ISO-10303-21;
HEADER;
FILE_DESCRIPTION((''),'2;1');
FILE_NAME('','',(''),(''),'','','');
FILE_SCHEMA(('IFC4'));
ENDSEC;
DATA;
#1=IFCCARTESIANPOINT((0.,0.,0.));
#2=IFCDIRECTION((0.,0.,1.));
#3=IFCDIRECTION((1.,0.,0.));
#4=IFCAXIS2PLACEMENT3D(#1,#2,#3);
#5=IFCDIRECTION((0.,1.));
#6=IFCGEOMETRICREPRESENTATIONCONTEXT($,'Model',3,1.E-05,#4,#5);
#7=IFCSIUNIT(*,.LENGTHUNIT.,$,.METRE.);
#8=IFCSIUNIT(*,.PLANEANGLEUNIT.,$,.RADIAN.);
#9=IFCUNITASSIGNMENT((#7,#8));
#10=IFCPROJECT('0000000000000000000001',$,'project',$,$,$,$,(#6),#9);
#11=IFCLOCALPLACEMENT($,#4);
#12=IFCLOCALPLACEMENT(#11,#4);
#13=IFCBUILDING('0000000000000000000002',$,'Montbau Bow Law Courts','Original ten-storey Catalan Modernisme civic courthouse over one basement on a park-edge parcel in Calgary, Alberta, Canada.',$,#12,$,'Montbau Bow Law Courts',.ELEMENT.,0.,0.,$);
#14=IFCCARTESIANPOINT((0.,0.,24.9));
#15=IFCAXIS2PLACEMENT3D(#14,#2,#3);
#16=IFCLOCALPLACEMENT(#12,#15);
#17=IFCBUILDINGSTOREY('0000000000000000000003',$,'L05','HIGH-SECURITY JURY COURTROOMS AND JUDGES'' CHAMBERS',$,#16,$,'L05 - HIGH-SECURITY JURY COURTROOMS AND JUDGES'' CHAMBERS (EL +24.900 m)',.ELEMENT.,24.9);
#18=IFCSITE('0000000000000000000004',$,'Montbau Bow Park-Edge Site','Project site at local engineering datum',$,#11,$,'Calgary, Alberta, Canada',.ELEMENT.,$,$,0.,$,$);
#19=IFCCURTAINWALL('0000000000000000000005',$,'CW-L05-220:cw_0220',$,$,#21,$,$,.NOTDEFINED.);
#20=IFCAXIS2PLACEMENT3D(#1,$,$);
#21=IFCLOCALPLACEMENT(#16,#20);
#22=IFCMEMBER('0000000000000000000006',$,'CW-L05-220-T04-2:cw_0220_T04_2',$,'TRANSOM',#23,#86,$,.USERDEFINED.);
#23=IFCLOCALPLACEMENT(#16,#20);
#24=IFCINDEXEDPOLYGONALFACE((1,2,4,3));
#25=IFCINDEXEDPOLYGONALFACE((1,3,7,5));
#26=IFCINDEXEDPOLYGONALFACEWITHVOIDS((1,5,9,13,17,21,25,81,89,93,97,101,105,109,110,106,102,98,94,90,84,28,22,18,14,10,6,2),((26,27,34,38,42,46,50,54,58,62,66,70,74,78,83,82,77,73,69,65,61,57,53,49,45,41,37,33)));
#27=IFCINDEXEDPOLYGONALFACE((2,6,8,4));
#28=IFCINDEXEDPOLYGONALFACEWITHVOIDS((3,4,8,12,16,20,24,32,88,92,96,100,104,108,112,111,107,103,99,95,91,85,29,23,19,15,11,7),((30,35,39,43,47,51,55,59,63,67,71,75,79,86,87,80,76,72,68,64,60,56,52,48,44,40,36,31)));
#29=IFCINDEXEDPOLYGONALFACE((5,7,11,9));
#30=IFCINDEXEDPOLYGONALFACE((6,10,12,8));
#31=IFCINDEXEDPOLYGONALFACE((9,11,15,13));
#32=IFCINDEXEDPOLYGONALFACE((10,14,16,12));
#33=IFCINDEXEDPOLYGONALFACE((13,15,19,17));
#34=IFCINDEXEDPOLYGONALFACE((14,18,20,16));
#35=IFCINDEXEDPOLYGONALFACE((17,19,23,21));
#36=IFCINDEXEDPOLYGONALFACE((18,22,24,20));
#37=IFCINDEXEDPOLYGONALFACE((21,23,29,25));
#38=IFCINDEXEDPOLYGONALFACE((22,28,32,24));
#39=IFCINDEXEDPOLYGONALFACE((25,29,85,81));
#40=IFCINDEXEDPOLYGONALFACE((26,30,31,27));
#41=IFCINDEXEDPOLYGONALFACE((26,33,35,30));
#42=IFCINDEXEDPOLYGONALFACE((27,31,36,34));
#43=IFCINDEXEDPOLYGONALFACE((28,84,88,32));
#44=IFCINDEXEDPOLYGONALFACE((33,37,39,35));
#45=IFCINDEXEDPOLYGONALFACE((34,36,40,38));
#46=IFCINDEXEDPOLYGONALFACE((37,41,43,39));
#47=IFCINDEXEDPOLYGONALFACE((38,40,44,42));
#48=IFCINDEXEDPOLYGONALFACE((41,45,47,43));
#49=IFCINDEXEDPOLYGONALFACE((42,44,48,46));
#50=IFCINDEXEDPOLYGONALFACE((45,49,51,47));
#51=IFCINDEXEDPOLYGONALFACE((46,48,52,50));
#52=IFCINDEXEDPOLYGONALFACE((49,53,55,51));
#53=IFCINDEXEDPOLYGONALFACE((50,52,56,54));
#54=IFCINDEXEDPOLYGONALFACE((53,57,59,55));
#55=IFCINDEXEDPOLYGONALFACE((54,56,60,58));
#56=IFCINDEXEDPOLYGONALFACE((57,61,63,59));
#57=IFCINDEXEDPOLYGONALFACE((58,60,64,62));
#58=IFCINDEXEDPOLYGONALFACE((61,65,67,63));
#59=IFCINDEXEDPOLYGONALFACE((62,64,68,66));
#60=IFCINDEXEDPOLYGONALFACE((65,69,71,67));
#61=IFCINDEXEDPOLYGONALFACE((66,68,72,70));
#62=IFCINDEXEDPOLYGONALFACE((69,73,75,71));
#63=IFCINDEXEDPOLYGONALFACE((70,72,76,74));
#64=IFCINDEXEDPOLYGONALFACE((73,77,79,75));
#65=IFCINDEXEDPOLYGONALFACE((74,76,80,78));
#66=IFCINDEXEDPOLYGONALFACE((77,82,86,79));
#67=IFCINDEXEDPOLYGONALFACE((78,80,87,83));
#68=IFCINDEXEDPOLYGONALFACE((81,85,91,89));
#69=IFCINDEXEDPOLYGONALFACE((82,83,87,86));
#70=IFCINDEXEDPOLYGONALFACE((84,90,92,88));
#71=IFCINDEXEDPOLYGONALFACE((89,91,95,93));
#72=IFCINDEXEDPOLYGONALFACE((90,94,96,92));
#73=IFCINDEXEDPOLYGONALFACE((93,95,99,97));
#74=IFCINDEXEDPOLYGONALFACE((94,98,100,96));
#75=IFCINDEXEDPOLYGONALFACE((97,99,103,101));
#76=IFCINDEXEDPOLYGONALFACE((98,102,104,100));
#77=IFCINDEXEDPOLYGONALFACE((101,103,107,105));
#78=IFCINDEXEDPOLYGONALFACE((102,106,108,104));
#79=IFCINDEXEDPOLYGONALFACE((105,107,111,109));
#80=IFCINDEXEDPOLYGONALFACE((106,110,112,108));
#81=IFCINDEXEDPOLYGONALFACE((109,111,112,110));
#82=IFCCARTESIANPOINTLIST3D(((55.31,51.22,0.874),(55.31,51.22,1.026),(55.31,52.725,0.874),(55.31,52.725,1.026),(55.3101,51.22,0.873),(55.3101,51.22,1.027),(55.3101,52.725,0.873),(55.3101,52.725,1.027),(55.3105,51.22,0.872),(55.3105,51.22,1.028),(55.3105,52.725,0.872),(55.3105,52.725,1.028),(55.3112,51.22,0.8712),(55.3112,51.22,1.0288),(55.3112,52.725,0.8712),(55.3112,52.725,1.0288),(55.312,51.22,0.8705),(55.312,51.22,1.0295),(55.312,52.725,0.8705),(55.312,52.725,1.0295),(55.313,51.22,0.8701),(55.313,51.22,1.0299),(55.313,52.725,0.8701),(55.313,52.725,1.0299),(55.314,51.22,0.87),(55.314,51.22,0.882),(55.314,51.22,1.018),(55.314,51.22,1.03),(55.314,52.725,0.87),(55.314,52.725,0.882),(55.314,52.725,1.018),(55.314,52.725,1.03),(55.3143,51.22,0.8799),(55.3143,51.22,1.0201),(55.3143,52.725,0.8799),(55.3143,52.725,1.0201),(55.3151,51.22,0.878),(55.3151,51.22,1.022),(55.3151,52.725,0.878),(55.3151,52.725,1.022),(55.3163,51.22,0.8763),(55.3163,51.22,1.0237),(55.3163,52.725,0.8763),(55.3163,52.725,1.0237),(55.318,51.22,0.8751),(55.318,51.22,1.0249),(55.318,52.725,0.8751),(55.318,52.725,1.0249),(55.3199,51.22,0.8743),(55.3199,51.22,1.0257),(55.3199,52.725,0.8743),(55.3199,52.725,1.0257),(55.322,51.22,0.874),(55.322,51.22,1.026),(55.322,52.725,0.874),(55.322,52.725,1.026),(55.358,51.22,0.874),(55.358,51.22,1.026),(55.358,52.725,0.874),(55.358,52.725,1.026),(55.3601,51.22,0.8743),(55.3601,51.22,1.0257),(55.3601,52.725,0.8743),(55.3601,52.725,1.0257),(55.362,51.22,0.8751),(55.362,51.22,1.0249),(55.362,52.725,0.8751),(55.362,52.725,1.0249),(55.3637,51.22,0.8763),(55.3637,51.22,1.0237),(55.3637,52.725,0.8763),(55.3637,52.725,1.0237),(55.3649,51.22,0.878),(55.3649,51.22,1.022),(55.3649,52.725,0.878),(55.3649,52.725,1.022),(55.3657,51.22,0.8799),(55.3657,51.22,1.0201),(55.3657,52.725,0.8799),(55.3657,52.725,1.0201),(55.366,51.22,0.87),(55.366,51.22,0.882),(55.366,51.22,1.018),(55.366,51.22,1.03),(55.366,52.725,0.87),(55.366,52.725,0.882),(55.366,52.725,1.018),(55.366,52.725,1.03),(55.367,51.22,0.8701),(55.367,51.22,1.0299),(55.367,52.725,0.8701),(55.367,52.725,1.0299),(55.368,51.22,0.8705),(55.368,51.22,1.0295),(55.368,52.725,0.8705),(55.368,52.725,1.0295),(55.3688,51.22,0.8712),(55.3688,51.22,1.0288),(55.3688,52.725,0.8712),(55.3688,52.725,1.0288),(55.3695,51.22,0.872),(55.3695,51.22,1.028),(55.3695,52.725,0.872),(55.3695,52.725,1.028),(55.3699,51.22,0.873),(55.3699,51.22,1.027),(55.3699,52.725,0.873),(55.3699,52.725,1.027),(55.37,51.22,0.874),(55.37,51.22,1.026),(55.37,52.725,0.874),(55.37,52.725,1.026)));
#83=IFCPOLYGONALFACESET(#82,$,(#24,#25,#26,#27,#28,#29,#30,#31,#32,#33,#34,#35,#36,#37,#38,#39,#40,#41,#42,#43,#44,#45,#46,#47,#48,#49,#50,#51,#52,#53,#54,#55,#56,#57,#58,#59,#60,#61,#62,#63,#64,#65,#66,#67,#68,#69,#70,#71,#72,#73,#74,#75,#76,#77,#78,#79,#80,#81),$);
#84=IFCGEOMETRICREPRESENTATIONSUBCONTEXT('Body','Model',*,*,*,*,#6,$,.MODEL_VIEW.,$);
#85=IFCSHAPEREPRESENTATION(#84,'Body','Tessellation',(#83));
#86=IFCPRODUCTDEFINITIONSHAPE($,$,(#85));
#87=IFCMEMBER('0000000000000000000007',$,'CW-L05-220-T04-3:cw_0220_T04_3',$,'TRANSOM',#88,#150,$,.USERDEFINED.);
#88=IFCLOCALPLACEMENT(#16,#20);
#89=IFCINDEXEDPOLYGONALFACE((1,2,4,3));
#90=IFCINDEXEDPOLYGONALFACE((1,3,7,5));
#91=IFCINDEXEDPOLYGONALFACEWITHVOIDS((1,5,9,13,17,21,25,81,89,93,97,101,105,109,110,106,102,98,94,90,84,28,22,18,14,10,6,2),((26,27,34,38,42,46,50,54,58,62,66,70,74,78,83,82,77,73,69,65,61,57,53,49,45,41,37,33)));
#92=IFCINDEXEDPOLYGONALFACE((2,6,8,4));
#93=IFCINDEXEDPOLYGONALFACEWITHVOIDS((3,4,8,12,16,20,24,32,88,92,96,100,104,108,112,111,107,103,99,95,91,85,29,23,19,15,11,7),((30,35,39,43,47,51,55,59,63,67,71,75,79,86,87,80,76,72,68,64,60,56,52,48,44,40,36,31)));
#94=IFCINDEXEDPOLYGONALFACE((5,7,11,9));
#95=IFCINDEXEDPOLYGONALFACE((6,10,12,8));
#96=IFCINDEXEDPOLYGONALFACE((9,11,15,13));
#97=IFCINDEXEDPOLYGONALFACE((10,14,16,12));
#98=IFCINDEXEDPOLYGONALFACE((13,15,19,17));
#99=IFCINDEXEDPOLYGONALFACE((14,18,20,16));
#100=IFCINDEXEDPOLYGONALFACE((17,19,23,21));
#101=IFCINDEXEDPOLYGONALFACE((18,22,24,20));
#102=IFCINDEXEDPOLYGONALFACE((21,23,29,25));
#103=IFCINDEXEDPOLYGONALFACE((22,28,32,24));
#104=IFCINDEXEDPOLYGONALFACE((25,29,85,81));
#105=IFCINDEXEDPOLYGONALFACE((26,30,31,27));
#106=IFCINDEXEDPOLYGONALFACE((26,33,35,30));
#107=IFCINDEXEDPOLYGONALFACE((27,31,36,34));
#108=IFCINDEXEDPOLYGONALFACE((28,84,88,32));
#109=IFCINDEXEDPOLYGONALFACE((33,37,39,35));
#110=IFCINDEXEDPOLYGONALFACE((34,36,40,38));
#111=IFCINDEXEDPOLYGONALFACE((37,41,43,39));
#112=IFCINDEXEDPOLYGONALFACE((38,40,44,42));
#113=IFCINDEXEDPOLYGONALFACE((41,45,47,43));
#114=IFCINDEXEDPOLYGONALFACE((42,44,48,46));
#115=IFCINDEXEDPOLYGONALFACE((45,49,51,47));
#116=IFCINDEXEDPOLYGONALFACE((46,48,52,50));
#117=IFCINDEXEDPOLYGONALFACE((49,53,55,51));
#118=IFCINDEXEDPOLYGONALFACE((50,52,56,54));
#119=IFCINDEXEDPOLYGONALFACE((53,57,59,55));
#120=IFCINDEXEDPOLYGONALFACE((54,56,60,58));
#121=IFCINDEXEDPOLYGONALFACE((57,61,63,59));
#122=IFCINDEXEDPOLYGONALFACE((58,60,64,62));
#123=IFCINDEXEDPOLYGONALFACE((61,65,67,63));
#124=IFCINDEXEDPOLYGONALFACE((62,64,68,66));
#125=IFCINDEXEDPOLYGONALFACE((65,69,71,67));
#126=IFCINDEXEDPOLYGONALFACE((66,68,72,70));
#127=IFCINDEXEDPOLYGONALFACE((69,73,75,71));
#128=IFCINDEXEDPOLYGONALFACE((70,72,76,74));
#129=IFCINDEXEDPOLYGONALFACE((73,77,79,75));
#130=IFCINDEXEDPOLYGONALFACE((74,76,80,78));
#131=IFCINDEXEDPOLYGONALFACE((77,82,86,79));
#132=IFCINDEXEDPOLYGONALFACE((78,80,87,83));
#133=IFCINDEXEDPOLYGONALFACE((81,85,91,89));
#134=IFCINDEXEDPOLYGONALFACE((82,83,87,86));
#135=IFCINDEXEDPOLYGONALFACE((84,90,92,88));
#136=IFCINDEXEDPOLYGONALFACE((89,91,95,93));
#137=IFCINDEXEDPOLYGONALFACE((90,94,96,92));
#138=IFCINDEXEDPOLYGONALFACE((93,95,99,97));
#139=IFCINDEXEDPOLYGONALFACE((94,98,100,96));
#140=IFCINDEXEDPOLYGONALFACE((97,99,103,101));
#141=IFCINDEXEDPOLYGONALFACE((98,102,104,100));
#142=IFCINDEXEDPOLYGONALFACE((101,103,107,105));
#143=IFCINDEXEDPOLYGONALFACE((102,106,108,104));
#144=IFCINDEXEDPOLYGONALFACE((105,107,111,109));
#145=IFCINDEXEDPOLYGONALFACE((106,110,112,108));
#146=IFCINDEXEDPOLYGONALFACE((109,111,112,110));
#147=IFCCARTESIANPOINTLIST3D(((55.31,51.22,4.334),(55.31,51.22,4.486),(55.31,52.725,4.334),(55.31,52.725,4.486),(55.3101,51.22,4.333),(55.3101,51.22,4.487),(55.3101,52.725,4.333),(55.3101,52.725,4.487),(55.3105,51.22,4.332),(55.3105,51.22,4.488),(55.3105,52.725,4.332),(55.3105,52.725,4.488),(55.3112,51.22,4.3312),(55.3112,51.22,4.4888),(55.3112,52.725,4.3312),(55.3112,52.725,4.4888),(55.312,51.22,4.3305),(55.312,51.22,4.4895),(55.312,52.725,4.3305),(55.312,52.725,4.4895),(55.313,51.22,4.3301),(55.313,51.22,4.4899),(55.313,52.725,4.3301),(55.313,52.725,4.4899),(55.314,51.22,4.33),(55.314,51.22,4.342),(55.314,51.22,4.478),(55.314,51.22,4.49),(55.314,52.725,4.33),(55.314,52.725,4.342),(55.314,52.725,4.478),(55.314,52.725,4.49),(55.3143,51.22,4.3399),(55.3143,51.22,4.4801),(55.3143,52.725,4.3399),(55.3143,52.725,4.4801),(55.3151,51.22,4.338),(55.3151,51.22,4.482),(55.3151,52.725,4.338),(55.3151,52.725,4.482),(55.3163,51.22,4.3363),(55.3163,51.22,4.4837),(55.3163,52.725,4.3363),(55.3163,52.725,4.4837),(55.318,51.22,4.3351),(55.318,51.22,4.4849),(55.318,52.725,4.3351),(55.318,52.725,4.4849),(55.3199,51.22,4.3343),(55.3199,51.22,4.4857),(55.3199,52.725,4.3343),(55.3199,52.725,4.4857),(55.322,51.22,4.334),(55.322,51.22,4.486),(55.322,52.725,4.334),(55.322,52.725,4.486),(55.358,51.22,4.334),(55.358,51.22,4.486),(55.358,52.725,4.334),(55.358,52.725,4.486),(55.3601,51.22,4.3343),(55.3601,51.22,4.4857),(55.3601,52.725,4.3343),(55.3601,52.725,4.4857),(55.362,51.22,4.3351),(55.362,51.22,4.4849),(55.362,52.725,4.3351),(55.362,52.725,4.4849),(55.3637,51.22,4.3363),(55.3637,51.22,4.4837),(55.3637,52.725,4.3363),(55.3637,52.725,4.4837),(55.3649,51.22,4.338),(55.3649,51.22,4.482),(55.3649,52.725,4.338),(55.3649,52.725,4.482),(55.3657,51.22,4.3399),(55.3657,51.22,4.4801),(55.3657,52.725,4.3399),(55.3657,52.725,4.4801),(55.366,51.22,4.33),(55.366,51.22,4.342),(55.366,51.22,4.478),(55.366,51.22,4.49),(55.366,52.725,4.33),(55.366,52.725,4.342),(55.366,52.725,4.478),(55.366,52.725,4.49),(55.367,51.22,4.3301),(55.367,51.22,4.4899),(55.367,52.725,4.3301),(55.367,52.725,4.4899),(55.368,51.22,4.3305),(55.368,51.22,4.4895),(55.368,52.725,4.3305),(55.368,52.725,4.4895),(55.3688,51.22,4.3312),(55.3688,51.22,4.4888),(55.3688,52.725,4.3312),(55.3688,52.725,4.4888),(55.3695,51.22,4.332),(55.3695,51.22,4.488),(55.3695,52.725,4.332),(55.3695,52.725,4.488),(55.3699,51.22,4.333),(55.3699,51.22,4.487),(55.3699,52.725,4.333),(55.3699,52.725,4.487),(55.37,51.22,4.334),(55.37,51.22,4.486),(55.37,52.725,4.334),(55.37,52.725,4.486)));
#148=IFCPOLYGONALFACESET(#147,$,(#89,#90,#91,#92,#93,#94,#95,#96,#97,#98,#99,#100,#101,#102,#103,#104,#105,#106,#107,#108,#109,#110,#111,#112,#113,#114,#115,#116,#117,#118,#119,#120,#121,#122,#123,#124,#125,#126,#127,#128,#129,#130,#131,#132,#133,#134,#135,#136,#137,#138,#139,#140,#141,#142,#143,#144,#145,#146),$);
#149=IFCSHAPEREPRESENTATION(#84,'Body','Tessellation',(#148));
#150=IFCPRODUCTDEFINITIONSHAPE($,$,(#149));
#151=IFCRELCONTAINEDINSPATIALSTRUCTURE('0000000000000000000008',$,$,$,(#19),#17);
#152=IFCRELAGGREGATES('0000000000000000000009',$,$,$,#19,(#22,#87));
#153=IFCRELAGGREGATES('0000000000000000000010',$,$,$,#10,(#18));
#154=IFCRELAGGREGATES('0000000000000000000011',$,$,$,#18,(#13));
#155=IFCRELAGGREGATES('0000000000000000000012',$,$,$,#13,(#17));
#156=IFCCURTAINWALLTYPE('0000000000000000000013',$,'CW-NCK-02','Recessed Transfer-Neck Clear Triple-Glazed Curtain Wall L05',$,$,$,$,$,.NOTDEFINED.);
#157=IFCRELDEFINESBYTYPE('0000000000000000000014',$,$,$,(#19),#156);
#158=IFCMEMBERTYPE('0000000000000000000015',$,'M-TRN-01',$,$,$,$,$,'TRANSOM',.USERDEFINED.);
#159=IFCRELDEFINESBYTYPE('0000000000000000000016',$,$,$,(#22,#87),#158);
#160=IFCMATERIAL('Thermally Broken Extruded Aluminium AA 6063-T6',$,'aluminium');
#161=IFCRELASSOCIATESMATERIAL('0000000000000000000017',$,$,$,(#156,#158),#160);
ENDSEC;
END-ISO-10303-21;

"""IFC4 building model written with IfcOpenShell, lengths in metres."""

from ifc_helpers import new_model, si_unit, direction, frame, origin_with_axes, origin_2d_with_axis, place, context, subcontext, project, spatial, hollow_rectangle, extrude, material, material_profile, profile_set, type_object, element, aggregate, save


model = new_model("IFC4")

# Units and contexts
model_context = context("Model", 3, precision=1e-05, world=origin_with_axes(), true_north=direction((0.0, 1.0)))
body_context = subcontext(model_context, "Body", "Model", "MODEL_VIEW")
ifc_project = project(units=[si_unit("LENGTHUNIT", "METRE"), si_unit("PLANEANGLEUNIT", "RADIAN")], contexts=[model_context])

# Site, building, storey
site_placement = place(None, origin_with_axes())
site = spatial("IfcSite", under=ifc_project, at=site_placement, Name="Montbau Bow Park-Edge Site", Description="Project site at local engineering datum", LongName="Calgary, Alberta, Canada", CompositionType="ELEMENT", RefElevation=0.0)
building_placement = place(site_placement, origin_with_axes())
building = spatial("IfcBuilding", under=site, at=building_placement, Name="Montbau Bow Law Courts", Description="Original ten-storey Catalan Modernisme civic courthouse over one basement on a park-edge parcel in Calgary, Alberta, Canada.", LongName="Montbau Bow Law Courts", CompositionType="ELEMENT", ElevationOfRefHeight=0.0, ElevationOfTerrain=0.0)
storey_placement = place(building_placement, frame((0.0, 0.0, 24.9), z_axis=(0.0, 0.0, 1.0), x_axis=(1.0, 0.0, 0.0)))
storey = spatial("IfcBuildingStorey", under=building, at=storey_placement, Name="L05", Description="HIGH-SECURITY JURY COURTROOMS AND JUDGES' CHAMBERS", LongName="L05 - HIGH-SECURITY JURY COURTROOMS AND JUDGES' CHAMBERS (EL +24.900 m)", CompositionType="ELEMENT", Elevation=24.9)

# Curtain wall
ifc_material_1 = material(Name="Thermally Broken Extruded Aluminium AA 6063-T6", Category="aluminium")
curtain_wall_type = type_object("IfcCurtainWallType", Name="CW-NCK-02", Description="Recessed Transfer-Neck Clear Triple-Glazed Curtain Wall L05", PredefinedType="NOTDEFINED", material=ifc_material_1)
curtain_wall_1_placement = place(None, frame((55.34, 46.468, 24.9), z_axis=(0.0, 0.0, 1.0), x_axis=(1.0, 0.0, 0.0)))
curtain_wall_1 = element("IfcCurtainWall", 1, at=curtain_wall_1_placement, inside=storey, type_object=curtain_wall_type, Name="CW-L05-220:cw_0220", PredefinedType="NOTDEFINED")

# Members
ifc_material_profile_1 = material_profile(ifc_material_1, hollow_rectangle(XDim=0.06, YDim=0.16, WallThickness=0.004, InnerFilletRadius=0.008, OuterFilletRadius=0.004, at=origin_2d_with_axis()), Name="CWT-160X60", Category="Main", Priority=0)
ifc_profile_set_1 = profile_set([ifc_material_profile_1], Name="Thermally Broken Extruded Aluminium AA 6063-T6")
member_type_1 = type_object("IfcMemberType", Name="M-TRN-01", ElementType="TRANSOM", PredefinedType="USERDEFINED", material=ifc_profile_set_1)
member_1_placement = place(None, frame((55.34, 51.22, 25.85), z_axis=(0.0, 1.0, 0.0), x_axis=(-1.0, 0.0, 0.0)))
member_1 = element("IfcMember", 2, at=member_1_placement, type_object=member_type_1, Name="CW-L05-220-T04-2:cw_0220_T04_2", ObjectType="TRANSOM", PredefinedType="USERDEFINED", context=body_context, shape_type="SweptSolid", body=[
    extrude(hollow_rectangle(XDim=0.06, YDim=0.16, WallThickness=0.004, InnerFilletRadius=0.008, OuterFilletRadius=0.004, at=origin_2d_with_axis()), origin_with_axes(), (0.0, 0.0, 1.0), 1.505),
])
member_2_placement = place(None, frame((55.34, 51.22, 29.31), z_axis=(0.0, 1.0, 0.0), x_axis=(-1.0, 0.0, 0.0)))
member_2 = element("IfcMember", 3, at=member_2_placement, type_object=member_type_1, Name="CW-L05-220-T04-3:cw_0220_T04_3", ObjectType="TRANSOM", PredefinedType="USERDEFINED", context=body_context, shape_type="SweptSolid", body=[
    extrude(hollow_rectangle(XDim=0.06, YDim=0.16, WallThickness=0.004, InnerFilletRadius=0.008, OuterFilletRadius=0.004, at=origin_2d_with_axis()), origin_with_axes(), (0.0, 0.0, 1.0), 1.505),
])

aggregate(curtain_wall_1, [member_1, member_2])

save(model, "model.ifc")
